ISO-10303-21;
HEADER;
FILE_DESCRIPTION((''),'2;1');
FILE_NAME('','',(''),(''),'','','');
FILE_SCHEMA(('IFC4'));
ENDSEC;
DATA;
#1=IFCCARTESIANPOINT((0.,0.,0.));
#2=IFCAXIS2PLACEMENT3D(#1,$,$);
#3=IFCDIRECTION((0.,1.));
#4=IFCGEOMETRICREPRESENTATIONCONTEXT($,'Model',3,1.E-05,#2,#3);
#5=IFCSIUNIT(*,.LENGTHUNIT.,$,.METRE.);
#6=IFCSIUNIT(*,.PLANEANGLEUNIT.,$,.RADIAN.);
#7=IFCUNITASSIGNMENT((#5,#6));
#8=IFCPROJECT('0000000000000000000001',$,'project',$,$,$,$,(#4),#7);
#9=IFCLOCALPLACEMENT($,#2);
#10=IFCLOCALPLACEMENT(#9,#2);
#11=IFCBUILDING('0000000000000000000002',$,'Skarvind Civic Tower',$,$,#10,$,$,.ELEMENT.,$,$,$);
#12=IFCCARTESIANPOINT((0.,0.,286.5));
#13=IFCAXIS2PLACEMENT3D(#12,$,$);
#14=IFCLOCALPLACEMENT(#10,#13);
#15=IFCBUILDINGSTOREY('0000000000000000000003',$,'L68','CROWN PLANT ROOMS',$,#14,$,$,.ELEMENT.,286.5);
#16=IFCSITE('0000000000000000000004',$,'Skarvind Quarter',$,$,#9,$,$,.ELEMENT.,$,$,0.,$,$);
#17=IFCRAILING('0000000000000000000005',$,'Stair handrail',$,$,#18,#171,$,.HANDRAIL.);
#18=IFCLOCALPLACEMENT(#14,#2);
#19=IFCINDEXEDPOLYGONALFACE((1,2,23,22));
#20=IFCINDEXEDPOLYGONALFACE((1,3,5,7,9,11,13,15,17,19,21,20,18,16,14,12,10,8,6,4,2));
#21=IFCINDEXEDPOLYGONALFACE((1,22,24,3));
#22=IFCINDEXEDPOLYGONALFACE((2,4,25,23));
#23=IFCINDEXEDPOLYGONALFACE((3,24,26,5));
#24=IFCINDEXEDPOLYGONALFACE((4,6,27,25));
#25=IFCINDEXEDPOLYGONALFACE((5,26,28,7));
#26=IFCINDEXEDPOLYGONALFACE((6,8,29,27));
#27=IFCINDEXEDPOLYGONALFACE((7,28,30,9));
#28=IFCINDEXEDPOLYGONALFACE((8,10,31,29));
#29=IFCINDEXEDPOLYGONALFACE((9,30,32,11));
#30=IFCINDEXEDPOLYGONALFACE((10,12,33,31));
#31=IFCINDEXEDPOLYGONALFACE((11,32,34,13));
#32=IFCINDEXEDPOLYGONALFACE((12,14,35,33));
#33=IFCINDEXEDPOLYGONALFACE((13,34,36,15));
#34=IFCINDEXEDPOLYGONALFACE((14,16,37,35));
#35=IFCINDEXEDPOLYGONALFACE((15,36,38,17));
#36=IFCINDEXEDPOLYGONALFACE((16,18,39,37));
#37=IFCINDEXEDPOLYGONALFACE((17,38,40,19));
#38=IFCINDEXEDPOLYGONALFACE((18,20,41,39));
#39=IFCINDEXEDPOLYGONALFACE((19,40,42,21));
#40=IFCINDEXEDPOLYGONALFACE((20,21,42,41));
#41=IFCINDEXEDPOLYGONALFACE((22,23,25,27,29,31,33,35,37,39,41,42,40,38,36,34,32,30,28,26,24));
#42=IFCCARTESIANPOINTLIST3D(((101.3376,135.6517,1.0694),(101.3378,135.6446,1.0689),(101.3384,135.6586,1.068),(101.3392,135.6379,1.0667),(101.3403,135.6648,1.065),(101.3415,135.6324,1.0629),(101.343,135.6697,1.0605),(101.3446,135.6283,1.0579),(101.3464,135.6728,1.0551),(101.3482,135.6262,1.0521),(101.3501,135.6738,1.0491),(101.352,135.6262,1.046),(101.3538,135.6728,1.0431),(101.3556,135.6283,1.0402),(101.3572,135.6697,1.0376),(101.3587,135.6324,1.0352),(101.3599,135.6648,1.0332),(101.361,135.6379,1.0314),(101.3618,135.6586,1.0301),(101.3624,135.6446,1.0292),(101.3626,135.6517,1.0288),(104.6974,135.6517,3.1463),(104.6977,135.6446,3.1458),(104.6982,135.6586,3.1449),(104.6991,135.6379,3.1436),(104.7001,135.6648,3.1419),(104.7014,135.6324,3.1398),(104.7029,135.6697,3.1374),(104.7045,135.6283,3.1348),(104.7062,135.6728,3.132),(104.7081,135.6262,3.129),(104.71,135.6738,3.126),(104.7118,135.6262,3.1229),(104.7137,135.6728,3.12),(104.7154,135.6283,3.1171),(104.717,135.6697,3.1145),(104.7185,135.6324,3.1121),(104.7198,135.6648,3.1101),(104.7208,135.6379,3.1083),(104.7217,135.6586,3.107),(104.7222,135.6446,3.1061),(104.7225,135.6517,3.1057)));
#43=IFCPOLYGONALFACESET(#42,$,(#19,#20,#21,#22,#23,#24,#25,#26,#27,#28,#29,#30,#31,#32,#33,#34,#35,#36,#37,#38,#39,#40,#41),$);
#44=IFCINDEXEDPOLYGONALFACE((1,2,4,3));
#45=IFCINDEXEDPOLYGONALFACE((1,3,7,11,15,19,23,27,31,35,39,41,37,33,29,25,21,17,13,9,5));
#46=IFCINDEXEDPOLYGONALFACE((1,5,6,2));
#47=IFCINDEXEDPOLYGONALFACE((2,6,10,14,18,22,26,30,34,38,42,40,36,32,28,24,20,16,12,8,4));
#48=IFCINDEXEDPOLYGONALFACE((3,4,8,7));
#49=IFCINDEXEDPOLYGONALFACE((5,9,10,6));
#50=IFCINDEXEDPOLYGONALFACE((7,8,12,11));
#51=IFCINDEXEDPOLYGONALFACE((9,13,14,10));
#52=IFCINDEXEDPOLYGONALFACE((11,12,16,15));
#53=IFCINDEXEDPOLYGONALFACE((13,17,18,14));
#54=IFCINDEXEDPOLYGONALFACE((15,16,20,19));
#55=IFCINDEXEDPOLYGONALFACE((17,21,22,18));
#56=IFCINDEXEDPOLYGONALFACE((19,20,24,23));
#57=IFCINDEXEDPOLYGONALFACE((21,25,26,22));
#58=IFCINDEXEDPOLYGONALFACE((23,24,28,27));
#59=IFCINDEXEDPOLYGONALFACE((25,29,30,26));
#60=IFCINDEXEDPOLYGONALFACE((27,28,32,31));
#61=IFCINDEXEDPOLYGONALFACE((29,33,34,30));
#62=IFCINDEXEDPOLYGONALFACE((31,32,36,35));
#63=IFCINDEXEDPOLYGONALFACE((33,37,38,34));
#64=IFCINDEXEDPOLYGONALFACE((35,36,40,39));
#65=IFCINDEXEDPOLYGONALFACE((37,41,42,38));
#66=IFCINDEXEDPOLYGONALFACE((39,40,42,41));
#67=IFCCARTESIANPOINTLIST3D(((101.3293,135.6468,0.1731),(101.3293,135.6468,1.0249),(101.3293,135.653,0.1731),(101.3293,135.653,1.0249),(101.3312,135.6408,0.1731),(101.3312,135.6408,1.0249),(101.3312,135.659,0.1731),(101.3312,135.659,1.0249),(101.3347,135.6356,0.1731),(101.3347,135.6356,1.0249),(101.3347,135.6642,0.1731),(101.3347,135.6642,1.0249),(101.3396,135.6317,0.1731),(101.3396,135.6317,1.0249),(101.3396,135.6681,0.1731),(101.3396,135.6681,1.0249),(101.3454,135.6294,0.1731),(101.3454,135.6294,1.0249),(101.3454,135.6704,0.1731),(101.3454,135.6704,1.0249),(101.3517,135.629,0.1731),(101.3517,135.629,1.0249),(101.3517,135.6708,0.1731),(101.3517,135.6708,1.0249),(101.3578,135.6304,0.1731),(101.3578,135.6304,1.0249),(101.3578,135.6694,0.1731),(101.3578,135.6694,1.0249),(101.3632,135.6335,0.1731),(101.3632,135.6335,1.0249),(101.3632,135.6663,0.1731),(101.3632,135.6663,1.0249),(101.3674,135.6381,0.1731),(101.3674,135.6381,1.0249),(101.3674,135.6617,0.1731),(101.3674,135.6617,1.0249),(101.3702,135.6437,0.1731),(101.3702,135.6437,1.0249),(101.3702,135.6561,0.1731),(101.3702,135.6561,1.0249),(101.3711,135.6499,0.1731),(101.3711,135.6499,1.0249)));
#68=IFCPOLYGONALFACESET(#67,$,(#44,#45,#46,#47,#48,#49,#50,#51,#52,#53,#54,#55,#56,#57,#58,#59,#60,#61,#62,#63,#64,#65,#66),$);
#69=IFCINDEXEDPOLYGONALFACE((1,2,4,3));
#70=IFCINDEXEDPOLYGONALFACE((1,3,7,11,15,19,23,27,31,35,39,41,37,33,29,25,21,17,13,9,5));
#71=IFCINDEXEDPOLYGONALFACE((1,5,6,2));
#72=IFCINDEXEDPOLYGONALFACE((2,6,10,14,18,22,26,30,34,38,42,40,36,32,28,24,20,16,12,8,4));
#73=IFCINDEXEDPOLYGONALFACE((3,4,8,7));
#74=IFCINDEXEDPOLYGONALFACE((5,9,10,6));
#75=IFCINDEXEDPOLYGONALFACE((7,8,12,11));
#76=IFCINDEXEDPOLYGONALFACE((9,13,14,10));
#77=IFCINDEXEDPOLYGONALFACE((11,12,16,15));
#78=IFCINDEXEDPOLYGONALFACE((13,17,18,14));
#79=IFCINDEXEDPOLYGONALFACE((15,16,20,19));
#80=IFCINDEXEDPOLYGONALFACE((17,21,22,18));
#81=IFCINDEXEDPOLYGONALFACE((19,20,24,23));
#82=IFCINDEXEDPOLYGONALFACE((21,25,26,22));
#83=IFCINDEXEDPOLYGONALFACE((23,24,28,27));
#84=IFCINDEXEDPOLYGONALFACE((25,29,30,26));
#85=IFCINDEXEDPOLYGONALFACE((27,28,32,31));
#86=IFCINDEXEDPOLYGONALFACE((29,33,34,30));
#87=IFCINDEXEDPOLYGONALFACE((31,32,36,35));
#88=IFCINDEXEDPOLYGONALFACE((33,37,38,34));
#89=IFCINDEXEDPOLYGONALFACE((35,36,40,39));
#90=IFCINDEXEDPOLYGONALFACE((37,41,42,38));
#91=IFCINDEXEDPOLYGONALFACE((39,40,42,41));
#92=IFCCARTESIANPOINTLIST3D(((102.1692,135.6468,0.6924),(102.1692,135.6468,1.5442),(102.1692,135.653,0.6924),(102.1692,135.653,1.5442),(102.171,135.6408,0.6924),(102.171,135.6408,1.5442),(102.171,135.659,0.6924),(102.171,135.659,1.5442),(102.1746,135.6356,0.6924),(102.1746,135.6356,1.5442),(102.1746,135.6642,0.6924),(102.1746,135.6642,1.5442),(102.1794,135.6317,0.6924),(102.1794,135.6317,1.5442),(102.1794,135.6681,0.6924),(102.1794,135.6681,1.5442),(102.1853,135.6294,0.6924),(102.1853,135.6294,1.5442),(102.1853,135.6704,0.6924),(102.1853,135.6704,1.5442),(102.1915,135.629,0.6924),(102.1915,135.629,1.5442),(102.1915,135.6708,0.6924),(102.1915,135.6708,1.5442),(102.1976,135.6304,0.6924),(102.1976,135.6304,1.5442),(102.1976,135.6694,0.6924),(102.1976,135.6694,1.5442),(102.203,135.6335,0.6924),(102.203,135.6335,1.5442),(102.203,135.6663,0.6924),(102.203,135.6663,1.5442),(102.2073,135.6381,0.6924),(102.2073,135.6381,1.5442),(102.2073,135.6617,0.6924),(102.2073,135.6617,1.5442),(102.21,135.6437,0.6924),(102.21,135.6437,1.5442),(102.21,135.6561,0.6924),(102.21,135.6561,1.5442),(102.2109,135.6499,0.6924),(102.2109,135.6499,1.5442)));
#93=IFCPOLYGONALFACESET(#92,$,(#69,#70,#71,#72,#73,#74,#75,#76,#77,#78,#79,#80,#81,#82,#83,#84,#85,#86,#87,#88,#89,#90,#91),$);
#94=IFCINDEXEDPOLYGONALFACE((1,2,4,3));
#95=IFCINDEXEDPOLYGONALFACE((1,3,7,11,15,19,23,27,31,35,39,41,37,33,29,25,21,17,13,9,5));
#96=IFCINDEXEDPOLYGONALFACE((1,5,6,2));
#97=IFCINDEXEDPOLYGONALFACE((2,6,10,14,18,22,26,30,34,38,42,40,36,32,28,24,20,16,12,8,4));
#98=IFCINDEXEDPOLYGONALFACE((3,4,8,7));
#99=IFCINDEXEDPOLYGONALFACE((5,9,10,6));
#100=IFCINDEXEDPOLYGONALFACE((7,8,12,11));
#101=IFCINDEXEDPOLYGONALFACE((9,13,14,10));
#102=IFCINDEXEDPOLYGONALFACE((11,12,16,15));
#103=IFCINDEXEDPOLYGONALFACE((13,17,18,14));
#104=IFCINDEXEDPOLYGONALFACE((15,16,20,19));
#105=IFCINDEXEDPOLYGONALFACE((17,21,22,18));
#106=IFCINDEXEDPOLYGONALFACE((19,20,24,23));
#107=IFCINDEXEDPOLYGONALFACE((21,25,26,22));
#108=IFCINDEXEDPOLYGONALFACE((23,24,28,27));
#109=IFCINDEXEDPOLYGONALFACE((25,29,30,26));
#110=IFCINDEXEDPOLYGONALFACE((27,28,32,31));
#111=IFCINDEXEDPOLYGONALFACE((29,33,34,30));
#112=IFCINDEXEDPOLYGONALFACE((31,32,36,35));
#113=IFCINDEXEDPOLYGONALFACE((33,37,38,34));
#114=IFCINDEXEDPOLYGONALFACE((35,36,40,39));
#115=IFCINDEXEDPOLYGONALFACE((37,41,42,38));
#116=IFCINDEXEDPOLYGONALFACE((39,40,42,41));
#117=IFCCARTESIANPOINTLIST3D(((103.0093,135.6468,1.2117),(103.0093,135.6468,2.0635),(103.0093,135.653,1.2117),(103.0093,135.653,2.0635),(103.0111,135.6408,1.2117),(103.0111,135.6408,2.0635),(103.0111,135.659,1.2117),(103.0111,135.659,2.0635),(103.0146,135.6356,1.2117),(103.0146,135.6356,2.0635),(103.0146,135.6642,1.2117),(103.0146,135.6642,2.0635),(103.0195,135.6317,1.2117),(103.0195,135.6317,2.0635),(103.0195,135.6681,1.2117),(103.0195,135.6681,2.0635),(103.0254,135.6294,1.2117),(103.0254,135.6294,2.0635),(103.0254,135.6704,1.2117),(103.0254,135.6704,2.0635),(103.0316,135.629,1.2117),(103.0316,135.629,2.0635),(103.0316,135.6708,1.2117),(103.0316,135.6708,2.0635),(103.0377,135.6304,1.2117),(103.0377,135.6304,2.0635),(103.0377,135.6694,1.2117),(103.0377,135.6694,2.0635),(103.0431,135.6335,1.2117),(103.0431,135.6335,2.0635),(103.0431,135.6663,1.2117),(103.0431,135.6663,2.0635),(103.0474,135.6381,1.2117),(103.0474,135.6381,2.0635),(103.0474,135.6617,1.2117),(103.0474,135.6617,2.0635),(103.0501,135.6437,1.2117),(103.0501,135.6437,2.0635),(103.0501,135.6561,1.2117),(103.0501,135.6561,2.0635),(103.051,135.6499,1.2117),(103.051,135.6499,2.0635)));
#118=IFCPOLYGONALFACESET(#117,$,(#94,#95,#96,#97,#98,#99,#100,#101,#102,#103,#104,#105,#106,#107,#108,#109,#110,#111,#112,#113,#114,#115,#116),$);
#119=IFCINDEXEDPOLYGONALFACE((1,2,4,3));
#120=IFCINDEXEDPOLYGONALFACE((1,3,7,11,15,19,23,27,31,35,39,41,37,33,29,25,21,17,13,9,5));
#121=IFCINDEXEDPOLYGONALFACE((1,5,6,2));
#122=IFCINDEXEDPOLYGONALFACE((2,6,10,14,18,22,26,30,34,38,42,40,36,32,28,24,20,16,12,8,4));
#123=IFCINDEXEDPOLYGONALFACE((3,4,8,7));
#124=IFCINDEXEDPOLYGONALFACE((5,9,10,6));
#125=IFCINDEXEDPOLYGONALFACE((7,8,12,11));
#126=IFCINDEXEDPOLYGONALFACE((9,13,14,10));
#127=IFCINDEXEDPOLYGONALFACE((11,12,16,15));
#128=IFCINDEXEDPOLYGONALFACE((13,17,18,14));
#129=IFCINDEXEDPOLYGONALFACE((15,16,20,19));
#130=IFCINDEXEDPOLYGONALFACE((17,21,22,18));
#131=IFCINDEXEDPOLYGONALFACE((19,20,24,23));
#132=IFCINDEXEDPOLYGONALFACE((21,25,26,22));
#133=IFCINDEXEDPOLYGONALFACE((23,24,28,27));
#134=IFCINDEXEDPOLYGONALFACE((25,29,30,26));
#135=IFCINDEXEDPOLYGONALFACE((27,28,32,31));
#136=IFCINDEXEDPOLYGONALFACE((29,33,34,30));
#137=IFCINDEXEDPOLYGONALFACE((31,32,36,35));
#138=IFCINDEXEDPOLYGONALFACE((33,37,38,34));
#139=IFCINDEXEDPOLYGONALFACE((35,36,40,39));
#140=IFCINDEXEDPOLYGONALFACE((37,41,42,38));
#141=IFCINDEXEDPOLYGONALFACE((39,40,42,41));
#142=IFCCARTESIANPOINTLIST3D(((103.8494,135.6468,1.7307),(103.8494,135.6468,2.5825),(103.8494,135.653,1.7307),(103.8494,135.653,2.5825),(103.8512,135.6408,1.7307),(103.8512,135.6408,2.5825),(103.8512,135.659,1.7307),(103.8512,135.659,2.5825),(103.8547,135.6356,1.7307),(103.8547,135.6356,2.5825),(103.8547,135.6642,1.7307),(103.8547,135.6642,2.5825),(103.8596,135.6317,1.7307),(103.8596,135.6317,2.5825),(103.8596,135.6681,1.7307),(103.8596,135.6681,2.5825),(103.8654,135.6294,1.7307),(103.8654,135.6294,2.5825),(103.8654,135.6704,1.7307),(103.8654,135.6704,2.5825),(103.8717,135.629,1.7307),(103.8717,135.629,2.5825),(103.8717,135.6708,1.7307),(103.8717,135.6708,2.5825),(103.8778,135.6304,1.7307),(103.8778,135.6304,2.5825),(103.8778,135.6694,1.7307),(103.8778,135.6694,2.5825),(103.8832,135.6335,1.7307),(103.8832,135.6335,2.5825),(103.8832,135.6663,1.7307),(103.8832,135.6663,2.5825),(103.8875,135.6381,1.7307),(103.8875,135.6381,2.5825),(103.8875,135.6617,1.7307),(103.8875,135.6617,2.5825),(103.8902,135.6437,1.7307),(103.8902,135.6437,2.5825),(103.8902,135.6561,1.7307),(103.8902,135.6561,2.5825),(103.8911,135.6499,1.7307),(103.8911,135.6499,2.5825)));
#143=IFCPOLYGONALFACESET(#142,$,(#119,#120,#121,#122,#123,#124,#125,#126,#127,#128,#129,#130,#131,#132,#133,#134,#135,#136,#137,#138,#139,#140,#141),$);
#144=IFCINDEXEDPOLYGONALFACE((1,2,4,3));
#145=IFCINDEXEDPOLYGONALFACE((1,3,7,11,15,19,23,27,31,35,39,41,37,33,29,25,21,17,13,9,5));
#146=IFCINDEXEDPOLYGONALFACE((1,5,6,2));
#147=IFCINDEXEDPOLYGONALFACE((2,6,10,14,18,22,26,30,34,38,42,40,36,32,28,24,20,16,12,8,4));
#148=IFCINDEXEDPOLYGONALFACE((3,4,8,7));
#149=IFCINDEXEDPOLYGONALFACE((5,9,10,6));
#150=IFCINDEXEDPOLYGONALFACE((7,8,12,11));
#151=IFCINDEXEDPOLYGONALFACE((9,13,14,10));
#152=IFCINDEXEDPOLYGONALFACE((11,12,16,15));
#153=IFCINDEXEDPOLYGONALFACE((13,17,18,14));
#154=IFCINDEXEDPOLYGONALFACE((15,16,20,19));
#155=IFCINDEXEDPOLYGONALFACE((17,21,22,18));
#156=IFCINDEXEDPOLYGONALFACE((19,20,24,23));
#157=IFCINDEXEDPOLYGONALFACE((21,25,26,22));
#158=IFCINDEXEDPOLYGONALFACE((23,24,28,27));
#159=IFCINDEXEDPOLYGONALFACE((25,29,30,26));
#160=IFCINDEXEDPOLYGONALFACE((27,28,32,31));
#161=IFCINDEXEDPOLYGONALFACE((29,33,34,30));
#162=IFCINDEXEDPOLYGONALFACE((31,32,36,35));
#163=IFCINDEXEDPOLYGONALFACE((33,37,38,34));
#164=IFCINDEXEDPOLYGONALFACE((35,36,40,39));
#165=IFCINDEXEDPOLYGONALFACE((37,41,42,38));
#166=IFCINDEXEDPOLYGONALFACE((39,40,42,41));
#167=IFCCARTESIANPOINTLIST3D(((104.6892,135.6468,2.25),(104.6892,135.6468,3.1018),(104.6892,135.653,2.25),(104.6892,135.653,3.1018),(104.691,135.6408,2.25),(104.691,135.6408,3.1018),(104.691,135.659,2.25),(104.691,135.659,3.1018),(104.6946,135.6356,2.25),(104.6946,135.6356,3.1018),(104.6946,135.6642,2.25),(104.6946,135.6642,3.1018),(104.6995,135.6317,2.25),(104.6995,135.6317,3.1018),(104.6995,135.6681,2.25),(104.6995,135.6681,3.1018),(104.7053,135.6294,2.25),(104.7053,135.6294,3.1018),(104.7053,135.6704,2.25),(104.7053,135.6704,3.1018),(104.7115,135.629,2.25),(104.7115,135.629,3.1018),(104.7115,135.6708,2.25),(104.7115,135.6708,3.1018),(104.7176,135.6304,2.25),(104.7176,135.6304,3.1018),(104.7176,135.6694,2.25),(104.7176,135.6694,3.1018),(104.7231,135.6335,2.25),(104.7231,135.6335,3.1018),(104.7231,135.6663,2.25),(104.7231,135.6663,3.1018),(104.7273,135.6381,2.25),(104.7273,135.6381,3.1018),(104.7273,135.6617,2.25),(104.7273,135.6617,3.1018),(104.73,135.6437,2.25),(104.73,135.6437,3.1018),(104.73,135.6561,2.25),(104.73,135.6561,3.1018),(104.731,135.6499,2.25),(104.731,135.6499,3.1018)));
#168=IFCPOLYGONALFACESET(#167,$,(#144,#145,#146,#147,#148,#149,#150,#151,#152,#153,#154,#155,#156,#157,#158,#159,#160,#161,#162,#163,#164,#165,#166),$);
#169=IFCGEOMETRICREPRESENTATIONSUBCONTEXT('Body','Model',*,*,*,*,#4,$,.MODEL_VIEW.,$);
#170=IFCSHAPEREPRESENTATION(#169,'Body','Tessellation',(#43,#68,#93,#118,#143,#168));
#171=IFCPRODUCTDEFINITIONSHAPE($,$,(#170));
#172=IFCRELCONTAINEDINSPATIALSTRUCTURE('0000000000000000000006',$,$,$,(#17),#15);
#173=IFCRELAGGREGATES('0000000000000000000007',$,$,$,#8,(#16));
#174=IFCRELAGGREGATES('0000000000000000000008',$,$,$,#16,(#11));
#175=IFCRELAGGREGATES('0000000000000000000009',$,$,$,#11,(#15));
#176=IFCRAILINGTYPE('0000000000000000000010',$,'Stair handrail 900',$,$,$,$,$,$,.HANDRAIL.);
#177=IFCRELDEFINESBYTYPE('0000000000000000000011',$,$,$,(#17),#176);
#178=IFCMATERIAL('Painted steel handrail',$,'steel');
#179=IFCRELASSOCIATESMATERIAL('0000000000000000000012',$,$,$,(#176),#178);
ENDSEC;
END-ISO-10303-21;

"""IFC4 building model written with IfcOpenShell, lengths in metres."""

from ifc_helpers import new_model, si_unit, direction, frame, origin, origin_2d, place, context, subcontext, project, spatial, circle, extrude, material, type_object, element, save


model = new_model("IFC4")

# Units and contexts
model_context = context("Model", 3, precision=1e-05, world=origin(), true_north=direction((0.0, 1.0)))
body_context = subcontext(model_context, "Body", "Model", "MODEL_VIEW")
ifc_project = project(units=[si_unit("LENGTHUNIT", "METRE"), si_unit("PLANEANGLEUNIT", "RADIAN")], contexts=[model_context])

# Site, building, storey
site_placement = place(None, origin())
site = spatial("IfcSite", under=ifc_project, at=site_placement, Name="Skarvind Quarter", CompositionType="ELEMENT", RefElevation=0.0)
building_placement = place(site_placement, origin())
building = spatial("IfcBuilding", under=site, at=building_placement, Name="Skarvind Civic Tower", CompositionType="ELEMENT")
storey_placement = place(building_placement, frame((0.0, 0.0, 286.5)))
storey = spatial("IfcBuildingStorey", under=building, at=storey_placement, Name="L68", Description="CROWN PLANT ROOMS", CompositionType="ELEMENT", Elevation=286.5)

# Railing
ifc_material_1 = material(Name="Painted steel handrail", Category="steel")
railing_type = type_object("IfcRailingType", Name="Stair handrail 900", PredefinedType="HANDRAIL", material=ifc_material_1)
railing_1_placement = place(storey_placement, frame((101.3501, 135.6499, 0.1731)))
element("IfcRailing", 1, at=railing_1_placement, inside=storey, type_object=railing_type, Name="Stair handrail", PredefinedType="HANDRAIL", context=body_context, shape_type="SweptSolid", body=[
    extrude(circle(Radius=0.0239, at=origin_2d()), frame((0.0, 0.0, 0.876), z_axis=(0.850606, 0.0, 0.525803), x_axis=(0.0, 1.0, 0.0)), (0.0, 0.0, 1.0), 3.95),
    extrude(circle(Radius=0.021, at=origin_2d()), origin(), (0.0, 0.0, 1.0), 0.8518),
    extrude(circle(Radius=0.021, at=origin_2d()), frame((0.8398, 0.0, 0.5193)), (0.0, 0.0, 1.0), 0.8518),
    extrude(circle(Radius=0.021, at=origin_2d()), frame((1.6799, 0.0, 1.0386)), (0.0, 0.0, 1.0), 0.8518),
    extrude(circle(Radius=0.021, at=origin_2d()), frame((2.52, 0.0, 1.5576)), (0.0, 0.0, 1.0), 0.8518),
    extrude(circle(Radius=0.021, at=origin_2d()), frame((3.3599, 0.0, 2.0769)), (0.0, 0.0, 1.0), 0.8518),
])

save(model, "model.ifc")
